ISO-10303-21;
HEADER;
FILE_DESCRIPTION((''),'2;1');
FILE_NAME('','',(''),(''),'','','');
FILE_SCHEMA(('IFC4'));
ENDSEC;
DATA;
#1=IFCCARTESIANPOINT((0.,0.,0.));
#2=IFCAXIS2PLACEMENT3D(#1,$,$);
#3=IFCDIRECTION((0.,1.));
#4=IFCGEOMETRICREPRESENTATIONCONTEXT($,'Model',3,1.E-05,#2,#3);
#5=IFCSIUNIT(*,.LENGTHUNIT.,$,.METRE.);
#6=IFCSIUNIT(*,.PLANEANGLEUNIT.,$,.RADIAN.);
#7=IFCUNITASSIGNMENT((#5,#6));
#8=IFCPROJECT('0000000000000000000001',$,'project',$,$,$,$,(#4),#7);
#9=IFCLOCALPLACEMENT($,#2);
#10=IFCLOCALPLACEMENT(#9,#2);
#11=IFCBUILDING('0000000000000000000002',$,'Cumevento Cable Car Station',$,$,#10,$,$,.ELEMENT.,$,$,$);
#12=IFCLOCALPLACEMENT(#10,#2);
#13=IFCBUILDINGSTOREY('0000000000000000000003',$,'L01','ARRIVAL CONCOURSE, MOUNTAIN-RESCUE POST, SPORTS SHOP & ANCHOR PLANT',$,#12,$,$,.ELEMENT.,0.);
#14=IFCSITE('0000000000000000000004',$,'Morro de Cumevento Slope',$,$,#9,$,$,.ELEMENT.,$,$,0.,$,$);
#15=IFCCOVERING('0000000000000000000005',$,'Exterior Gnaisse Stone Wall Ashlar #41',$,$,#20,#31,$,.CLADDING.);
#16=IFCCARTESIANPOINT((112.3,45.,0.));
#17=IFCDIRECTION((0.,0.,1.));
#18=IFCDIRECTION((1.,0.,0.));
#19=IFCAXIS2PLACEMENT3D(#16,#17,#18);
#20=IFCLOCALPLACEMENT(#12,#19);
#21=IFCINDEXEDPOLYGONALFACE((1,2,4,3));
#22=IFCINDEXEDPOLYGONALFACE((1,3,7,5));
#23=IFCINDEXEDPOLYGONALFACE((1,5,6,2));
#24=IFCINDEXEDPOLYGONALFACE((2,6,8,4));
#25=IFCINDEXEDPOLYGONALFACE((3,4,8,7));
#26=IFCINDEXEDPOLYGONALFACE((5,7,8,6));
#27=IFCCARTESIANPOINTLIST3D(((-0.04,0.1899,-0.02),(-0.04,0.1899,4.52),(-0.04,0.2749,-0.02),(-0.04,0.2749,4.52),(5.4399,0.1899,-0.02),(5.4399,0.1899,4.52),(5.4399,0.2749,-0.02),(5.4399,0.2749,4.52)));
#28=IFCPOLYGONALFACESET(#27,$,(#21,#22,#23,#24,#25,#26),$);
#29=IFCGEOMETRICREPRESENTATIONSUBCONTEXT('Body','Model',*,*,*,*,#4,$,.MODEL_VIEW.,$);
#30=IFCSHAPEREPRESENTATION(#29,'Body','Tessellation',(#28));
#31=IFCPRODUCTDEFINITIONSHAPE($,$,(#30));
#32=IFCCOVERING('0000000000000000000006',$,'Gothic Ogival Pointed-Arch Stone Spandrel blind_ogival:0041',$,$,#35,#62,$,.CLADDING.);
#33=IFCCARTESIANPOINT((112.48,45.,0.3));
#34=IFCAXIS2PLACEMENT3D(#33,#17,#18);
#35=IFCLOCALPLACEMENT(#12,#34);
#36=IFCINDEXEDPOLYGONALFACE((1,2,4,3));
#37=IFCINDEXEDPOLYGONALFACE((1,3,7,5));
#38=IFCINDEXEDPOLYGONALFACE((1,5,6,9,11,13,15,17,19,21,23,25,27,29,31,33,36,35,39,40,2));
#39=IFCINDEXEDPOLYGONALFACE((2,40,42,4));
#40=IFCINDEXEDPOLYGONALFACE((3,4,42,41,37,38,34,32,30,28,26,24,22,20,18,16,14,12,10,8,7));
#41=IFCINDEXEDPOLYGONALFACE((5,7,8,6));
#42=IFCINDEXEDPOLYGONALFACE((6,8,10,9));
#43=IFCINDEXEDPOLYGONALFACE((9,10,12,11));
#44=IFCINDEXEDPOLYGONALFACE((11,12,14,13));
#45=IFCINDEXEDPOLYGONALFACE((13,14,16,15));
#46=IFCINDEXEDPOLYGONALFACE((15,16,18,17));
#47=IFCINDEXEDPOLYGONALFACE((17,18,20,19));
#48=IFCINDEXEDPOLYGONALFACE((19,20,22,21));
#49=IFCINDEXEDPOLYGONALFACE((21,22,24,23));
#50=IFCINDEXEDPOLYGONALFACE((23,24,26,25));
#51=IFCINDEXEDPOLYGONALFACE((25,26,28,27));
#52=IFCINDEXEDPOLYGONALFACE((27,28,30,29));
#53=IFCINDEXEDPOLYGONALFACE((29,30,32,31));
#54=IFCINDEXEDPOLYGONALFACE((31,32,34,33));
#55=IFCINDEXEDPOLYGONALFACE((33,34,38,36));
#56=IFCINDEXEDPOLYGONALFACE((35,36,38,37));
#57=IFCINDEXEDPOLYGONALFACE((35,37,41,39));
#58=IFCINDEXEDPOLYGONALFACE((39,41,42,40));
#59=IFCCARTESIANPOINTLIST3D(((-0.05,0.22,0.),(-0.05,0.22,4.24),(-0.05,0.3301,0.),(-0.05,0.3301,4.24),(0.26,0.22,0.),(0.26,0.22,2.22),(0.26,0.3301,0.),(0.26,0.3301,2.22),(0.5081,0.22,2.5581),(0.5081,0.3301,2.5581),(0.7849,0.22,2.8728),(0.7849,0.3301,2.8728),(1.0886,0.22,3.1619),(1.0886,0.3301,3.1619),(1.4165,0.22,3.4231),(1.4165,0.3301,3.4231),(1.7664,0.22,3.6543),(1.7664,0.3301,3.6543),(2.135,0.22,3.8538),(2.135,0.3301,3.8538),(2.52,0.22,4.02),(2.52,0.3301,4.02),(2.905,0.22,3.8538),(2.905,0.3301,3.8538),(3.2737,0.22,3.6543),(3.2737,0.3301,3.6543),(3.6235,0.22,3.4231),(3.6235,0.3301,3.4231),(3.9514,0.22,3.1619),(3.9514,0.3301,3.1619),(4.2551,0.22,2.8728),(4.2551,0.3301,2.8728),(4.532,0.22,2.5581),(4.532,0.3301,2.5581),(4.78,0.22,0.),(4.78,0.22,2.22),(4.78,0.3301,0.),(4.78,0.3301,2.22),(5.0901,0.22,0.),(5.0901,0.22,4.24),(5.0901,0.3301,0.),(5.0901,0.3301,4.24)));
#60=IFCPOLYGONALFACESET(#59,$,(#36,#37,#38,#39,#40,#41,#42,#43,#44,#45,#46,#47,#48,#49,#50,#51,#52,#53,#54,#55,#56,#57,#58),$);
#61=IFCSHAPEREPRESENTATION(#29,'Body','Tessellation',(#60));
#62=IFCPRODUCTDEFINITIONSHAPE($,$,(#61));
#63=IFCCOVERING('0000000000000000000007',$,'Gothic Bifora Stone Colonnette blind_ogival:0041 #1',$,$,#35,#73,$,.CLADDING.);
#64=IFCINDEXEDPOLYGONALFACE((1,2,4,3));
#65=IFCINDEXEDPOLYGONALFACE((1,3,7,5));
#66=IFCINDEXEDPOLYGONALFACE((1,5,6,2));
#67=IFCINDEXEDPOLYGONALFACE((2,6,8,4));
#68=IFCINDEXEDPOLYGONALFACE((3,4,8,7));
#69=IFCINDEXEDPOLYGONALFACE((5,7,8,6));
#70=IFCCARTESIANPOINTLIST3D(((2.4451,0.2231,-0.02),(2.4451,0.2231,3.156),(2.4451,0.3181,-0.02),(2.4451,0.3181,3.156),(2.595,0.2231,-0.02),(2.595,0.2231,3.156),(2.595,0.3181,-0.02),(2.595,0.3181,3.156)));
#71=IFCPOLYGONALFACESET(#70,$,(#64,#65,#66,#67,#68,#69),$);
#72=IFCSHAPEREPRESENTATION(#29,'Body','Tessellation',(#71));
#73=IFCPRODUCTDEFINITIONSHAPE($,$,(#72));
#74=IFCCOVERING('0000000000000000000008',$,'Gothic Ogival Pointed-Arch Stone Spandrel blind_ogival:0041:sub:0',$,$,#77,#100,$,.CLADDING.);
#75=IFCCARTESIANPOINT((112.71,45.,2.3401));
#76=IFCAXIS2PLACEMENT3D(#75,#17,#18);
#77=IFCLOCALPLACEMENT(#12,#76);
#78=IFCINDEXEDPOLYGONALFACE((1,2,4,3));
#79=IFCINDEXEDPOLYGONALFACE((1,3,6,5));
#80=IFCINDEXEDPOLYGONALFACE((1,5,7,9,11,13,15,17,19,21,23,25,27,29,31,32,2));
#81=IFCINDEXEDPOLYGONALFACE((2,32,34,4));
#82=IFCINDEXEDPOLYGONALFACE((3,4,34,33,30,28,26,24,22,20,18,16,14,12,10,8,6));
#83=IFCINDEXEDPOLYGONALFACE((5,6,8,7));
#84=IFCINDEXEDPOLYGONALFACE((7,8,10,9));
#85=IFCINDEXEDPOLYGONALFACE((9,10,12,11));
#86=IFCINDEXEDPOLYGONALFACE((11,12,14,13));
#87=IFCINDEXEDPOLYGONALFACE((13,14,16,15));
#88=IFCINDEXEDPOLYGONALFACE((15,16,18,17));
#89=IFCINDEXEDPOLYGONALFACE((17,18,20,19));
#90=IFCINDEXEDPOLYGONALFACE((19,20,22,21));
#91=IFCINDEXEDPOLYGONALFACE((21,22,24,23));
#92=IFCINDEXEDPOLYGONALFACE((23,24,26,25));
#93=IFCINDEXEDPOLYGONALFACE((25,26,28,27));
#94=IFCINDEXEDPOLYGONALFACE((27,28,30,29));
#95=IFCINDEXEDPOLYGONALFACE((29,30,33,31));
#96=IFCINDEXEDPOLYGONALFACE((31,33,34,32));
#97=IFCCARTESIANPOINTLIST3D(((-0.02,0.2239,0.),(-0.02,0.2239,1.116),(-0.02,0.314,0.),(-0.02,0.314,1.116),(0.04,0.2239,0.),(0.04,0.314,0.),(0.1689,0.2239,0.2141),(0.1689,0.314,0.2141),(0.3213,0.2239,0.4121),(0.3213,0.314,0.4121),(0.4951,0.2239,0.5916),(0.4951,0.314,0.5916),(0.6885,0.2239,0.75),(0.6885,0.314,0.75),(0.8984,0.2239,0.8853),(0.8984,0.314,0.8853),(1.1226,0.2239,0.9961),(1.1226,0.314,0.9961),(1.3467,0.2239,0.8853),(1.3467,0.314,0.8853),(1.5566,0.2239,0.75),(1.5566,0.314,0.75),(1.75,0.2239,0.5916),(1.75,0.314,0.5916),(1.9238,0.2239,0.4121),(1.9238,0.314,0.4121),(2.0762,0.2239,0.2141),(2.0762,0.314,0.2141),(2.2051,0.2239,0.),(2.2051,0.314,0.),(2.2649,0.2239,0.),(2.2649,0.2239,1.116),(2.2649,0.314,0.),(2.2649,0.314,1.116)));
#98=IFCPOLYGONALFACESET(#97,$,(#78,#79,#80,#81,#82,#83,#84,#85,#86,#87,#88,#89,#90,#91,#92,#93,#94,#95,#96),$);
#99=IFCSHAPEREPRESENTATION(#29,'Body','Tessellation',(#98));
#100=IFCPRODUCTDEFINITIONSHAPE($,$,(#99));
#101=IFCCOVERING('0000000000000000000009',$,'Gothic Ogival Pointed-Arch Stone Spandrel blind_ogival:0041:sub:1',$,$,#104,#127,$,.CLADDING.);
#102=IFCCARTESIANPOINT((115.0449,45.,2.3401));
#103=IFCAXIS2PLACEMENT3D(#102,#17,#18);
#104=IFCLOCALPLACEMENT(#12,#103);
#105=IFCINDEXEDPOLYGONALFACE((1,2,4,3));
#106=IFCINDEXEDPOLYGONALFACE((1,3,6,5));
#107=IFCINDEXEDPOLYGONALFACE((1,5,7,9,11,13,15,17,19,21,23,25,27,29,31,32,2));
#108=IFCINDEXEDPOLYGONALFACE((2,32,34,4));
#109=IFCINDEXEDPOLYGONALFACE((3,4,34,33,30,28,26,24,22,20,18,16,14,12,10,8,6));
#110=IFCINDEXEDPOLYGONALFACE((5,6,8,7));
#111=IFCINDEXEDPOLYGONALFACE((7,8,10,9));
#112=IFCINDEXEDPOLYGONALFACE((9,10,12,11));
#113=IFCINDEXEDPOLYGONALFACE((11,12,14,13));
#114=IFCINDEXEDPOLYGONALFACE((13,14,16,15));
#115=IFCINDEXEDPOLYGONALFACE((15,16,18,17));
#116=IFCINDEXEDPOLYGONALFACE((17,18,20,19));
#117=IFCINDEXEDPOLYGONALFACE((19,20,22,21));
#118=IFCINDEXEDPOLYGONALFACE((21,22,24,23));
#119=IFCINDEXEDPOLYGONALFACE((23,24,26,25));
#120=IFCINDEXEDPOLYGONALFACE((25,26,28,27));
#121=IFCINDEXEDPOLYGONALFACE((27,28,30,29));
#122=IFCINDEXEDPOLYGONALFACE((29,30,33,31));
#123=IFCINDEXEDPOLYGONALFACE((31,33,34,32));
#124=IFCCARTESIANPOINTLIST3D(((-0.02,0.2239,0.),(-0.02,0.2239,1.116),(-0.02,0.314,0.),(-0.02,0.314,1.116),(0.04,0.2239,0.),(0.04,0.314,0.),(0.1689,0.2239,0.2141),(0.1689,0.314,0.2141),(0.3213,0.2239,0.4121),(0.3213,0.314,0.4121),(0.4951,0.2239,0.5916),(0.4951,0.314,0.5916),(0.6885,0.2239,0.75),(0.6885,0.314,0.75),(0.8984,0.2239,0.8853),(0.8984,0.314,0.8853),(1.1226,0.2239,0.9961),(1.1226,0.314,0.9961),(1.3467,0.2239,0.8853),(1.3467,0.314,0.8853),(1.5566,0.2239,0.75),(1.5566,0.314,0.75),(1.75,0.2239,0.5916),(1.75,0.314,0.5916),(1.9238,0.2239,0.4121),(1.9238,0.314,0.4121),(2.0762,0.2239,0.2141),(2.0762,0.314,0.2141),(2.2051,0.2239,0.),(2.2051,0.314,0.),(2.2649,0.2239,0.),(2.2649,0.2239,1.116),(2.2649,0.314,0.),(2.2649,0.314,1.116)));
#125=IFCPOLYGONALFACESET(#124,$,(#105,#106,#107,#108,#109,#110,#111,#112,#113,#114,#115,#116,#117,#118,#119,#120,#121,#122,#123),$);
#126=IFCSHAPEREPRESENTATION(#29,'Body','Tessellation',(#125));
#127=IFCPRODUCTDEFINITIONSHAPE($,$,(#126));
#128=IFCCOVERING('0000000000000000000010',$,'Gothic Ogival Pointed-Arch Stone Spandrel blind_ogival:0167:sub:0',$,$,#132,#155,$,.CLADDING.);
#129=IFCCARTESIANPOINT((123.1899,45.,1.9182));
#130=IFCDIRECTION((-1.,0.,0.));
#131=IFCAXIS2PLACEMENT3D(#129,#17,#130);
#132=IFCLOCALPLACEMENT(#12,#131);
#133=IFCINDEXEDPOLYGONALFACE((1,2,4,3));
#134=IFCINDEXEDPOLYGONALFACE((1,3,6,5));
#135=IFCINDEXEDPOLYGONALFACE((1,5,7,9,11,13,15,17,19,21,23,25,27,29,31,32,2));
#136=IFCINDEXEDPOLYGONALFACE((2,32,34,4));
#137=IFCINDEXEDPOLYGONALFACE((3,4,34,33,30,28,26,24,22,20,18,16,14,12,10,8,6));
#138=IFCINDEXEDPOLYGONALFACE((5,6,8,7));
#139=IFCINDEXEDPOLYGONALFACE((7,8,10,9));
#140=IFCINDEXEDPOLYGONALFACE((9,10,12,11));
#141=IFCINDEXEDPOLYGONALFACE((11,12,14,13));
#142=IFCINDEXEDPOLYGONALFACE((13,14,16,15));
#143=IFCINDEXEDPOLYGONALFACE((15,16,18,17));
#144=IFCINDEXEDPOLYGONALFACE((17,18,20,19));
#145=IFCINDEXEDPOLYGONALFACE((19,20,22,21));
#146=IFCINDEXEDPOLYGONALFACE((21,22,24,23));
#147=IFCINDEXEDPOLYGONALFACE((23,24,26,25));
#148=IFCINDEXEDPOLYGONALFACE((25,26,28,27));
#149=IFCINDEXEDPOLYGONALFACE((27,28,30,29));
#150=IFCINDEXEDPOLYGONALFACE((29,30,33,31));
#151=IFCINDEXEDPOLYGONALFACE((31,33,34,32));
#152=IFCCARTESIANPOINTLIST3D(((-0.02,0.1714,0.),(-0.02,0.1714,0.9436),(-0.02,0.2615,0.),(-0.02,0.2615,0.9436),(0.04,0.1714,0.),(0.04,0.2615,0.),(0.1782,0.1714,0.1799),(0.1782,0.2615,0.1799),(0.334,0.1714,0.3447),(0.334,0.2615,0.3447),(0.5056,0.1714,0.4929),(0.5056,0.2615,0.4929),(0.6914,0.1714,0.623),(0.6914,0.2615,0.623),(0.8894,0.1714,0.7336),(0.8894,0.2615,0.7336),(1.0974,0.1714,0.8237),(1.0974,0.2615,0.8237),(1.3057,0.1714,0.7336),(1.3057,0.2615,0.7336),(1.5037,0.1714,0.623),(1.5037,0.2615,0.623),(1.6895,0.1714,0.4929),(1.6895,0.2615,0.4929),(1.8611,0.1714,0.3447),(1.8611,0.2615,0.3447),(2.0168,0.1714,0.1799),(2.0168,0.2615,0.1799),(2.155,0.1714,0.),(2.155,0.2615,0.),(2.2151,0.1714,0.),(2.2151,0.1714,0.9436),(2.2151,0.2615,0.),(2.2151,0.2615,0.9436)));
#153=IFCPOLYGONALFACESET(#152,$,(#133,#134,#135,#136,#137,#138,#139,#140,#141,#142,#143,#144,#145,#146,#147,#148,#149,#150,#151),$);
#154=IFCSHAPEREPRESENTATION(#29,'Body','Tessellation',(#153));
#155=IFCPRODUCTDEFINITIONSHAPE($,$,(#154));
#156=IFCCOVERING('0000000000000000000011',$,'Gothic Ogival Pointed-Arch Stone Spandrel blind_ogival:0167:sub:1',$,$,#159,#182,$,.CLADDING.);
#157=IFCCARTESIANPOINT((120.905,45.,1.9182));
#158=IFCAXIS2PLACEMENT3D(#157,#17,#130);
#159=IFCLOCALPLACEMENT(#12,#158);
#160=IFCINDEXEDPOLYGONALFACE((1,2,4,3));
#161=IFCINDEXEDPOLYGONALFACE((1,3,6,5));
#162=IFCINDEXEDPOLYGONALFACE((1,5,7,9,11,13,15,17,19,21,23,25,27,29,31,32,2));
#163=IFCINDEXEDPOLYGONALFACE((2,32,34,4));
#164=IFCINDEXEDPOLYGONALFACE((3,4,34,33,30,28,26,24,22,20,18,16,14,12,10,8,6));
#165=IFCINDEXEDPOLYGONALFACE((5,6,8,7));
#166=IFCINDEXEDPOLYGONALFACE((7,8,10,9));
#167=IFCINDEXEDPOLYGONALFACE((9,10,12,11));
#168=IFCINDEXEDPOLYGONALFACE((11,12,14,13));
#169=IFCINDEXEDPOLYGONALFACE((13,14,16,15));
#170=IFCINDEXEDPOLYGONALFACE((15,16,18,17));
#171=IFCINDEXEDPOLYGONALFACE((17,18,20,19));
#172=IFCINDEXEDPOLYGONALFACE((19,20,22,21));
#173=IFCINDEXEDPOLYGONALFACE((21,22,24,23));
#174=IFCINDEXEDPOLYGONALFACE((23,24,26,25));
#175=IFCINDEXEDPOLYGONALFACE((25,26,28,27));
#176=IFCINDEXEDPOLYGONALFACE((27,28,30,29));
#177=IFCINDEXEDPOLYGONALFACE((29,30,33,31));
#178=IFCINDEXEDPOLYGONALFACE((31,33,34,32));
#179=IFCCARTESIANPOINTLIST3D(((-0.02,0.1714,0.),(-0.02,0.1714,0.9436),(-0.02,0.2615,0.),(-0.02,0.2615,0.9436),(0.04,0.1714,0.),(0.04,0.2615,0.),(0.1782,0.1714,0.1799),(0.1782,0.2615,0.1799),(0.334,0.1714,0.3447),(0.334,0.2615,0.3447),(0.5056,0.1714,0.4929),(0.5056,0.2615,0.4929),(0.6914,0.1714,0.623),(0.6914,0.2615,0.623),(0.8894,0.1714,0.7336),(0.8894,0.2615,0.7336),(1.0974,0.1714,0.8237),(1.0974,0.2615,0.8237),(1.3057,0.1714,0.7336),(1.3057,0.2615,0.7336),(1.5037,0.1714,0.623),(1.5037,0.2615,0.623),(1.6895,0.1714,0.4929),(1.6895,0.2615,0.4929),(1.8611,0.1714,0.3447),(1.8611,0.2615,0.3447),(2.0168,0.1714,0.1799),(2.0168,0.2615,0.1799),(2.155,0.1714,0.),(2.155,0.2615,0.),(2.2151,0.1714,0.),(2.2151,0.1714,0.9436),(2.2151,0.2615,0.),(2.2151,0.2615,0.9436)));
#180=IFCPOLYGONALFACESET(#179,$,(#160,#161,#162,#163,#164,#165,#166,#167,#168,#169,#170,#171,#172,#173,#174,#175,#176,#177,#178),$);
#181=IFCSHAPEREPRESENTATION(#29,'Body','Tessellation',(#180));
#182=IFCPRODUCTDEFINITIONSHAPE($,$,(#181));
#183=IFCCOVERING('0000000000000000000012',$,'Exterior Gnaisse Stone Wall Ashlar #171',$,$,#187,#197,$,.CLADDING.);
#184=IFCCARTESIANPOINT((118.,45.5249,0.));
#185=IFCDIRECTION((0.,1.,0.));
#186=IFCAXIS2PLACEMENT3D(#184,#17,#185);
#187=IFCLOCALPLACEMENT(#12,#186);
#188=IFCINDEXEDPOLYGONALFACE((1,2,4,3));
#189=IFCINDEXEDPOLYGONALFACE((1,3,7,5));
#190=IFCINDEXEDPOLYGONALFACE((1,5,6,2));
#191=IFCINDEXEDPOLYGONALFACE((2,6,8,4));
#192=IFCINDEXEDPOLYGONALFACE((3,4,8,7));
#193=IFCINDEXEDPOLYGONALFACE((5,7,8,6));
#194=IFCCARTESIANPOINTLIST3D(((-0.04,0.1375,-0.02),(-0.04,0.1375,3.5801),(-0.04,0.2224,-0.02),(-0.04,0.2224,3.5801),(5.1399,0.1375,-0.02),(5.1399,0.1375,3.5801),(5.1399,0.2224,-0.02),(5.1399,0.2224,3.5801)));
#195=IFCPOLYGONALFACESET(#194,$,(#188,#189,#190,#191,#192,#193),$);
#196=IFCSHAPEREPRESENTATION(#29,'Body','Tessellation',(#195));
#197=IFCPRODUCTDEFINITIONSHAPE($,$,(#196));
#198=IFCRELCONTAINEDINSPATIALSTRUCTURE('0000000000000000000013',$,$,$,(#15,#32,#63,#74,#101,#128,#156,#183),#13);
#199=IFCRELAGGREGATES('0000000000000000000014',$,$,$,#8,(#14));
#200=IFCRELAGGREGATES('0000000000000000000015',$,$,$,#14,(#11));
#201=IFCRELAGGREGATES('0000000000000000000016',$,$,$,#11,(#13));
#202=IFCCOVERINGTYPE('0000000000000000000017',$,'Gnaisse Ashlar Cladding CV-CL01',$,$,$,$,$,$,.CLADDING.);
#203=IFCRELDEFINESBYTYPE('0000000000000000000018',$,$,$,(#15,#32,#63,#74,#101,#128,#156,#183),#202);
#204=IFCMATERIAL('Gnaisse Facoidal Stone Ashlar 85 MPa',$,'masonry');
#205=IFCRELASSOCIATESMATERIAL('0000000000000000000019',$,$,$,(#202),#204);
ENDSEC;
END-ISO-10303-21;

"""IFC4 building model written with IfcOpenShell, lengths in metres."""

from ifc_helpers import new_model, si_unit, direction, frame, origin, place, context, subcontext, project, spatial, polyline, outline, extrude, material, type_object, element, save


model = new_model("IFC4")

# Units and contexts
model_context = context("Model", 3, precision=1e-05, world=origin(), true_north=direction((0.0, 1.0)))
body_context = subcontext(model_context, "Body", "Model", "MODEL_VIEW")
ifc_project = project(units=[si_unit("LENGTHUNIT", "METRE"), si_unit("PLANEANGLEUNIT", "RADIAN")], contexts=[model_context])

# Site, building, storey
site_placement = place(None, origin())
site = spatial("IfcSite", under=ifc_project, at=site_placement, Name="Morro de Cumevento Slope", CompositionType="ELEMENT", RefElevation=0.0)
building_placement = place(site_placement, origin())
building = spatial("IfcBuilding", under=site, at=building_placement, Name="Cumevento Cable Car Station", CompositionType="ELEMENT")
storey_placement = place(building_placement, origin())
storey = spatial("IfcBuildingStorey", under=building, at=storey_placement, Name="L01", Description="ARRIVAL CONCOURSE, MOUNTAIN-RESCUE POST, SPORTS SHOP & ANCHOR PLANT", CompositionType="ELEMENT", Elevation=0.0)

# Coverings
ifc_material_1 = material(Name="Gnaisse Facoidal Stone Ashlar 85 MPa", Category="masonry")
covering_type = type_object("IfcCoveringType", Name="Gnaisse Ashlar Cladding CV-CL01", PredefinedType="CLADDING", material=ifc_material_1)
covering_1_placement = place(storey_placement, frame((112.3, 45.0, 0.0), z_axis=(0.0, 0.0, 1.0), x_axis=(1.0, 0.0, 0.0)))
element("IfcCovering", 1, at=covering_1_placement, inside=storey, type_object=covering_type, Name="Exterior Gnaisse Stone Wall Ashlar #41", PredefinedType="CLADDING", context=body_context, shape_type="SweptSolid", body=[
    extrude(outline(polyline([(-0.04, -0.02), (5.4399, -0.02), (5.4399, 4.52), (-0.04, 4.52), (-0.04, -0.02)])), frame((0.0, 0.2749, 0.0), z_axis=(0.0, -1.0, 0.0), x_axis=(1.0, 0.0, 0.0)), (0.0, 0.0, 1.0), 0.085),
])
placement = place(storey_placement, frame((112.48, 45.0, 0.3), z_axis=(0.0, 0.0, 1.0), x_axis=(1.0, 0.0, 0.0)))
element("IfcCovering", 2, at=placement, inside=storey, type_object=covering_type, Name="Gothic Ogival Pointed-Arch Stone Spandrel blind_ogival:0041", PredefinedType="CLADDING", context=body_context, shape_type="SweptSolid", body=[
    extrude(outline(polyline([(-0.05, 0.0), (-0.05, 4.24), (5.0901, 4.24), (5.0901, 0.0), (4.78, 0.0), (4.78, 2.22), (4.532, 2.5581), (4.2551, 2.8728), (3.9514, 3.1619), (3.6235, 3.4231), (3.2737, 3.6543), (2.905, 3.8538), (2.52, 4.02), (2.135, 3.8538), (1.7664, 3.6543), (1.4165, 3.4231), (1.0886, 3.1619), (0.7849, 2.8728), (0.5081, 2.5581), (0.26, 2.22), (0.26, 0.0), (-0.05, 0.0)])), frame((0.0, 0.3301, 0.0), z_axis=(0.0, -1.0, 0.0), x_axis=(1.0, 0.0, 0.0)), (0.0, 0.0, 1.0), 0.1101),
])
element("IfcCovering", 3, at=placement, inside=storey, type_object=covering_type, Name="Gothic Bifora Stone Colonnette blind_ogival:0041 #1", PredefinedType="CLADDING", context=body_context, shape_type="SweptSolid", body=[
    extrude(outline(polyline([(2.4451, -0.02), (2.595, -0.02), (2.595, 3.156), (2.4451, 3.156), (2.4451, -0.02)])), frame((0.0, 0.3181, 0.0), z_axis=(0.0, -1.0, 0.0), x_axis=(1.0, 0.0, 0.0)), (0.0, 0.0, 1.0), 0.095),
])
for number, where, z_axis, x_axis, name in (
    (4, (112.71, 45.0, 2.3401), (0.0, 0.0, 1.0), (1.0, 0.0, 0.0), "Gothic Ogival Pointed-Arch Stone Spandrel blind_ogival:0041:sub:0"),
    (5, (115.0449, 45.0, 2.3401), (0.0, 0.0, 1.0), (1.0, 0.0, 0.0), "Gothic Ogival Pointed-Arch Stone Spandrel blind_ogival:0041:sub:1"),
):
    element("IfcCovering", number, at=place(storey_placement, frame(where, z_axis=z_axis, x_axis=x_axis)), inside=storey, type_object=covering_type, Name=name, PredefinedType="CLADDING", context=body_context, shape_type="SweptSolid", body=[
        extrude(outline(polyline([(-0.02, 0.0), (-0.02, 1.116), (2.2649, 1.116), (2.2649, 0.0), (2.2051, 0.0), (2.0762, 0.2141), (1.9238, 0.4121), (1.75, 0.5916), (1.5566, 0.75), (1.3467, 0.8853), (1.1226, 0.9961), (0.8984, 0.8853), (0.6885, 0.75), (0.4951, 0.5916), (0.3213, 0.4121), (0.1689, 0.2141), (0.04, 0.0), (-0.02, 0.0)])), frame((0.0, 0.314, 0.0), z_axis=(0.0, -1.0, 0.0), x_axis=(1.0, 0.0, 0.0)), (0.0, 0.0, 1.0), 0.0901),
    ])
for number, where, z_axis, x_axis, name in (
    (6, (123.1899, 45.0, 1.9182), (0.0, 0.0, 1.0), (-1.0, 0.0, 0.0), "Gothic Ogival Pointed-Arch Stone Spandrel blind_ogival:0167:sub:0"),
    (7, (120.905, 45.0, 1.9182), (0.0, 0.0, 1.0), (-1.0, 0.0, 0.0), "Gothic Ogival Pointed-Arch Stone Spandrel blind_ogival:0167:sub:1"),
):
    element("IfcCovering", number, at=place(storey_placement, frame(where, z_axis=z_axis, x_axis=x_axis)), inside=storey, type_object=covering_type, Name=name, PredefinedType="CLADDING", context=body_context, shape_type="SweptSolid", body=[
        extrude(outline(polyline([(-0.02, 0.0), (-0.02, 0.9436), (2.2151, 0.9436), (2.2151, 0.0), (2.155, 0.0), (2.0168, 0.1799), (1.8611, 0.3447), (1.6895, 0.4929), (1.5037, 0.623), (1.3057, 0.7336), (1.0974, 0.8237), (0.8894, 0.7336), (0.6914, 0.623), (0.5056, 0.4929), (0.334, 0.3447), (0.1782, 0.1799), (0.04, 0.0), (-0.02, 0.0)])), frame((0.0, 0.2615, 0.0), z_axis=(0.0, -1.0, 0.0), x_axis=(1.0, 0.0, 0.0)), (0.0, 0.0, 1.0), 0.0901),
    ])
covering_2_placement = place(storey_placement, frame((118.0, 45.5249, 0.0), z_axis=(0.0, 0.0, 1.0), x_axis=(0.0, 1.0, 0.0)))
element("IfcCovering", 8, at=covering_2_placement, inside=storey, type_object=covering_type, Name="Exterior Gnaisse Stone Wall Ashlar #171", PredefinedType="CLADDING", context=body_context, shape_type="SweptSolid", body=[
    extrude(outline(polyline([(-0.04, -0.02), (5.1399, -0.02), (5.1399, 3.5801), (-0.04, 3.5801), (-0.04, -0.02)])), frame((0.0, 0.2224, 0.0), z_axis=(0.0, -1.0, 0.0), x_axis=(1.0, 0.0, 0.0)), (0.0, 0.0, 1.0), 0.085),
])

save(model, "model.ifc")
